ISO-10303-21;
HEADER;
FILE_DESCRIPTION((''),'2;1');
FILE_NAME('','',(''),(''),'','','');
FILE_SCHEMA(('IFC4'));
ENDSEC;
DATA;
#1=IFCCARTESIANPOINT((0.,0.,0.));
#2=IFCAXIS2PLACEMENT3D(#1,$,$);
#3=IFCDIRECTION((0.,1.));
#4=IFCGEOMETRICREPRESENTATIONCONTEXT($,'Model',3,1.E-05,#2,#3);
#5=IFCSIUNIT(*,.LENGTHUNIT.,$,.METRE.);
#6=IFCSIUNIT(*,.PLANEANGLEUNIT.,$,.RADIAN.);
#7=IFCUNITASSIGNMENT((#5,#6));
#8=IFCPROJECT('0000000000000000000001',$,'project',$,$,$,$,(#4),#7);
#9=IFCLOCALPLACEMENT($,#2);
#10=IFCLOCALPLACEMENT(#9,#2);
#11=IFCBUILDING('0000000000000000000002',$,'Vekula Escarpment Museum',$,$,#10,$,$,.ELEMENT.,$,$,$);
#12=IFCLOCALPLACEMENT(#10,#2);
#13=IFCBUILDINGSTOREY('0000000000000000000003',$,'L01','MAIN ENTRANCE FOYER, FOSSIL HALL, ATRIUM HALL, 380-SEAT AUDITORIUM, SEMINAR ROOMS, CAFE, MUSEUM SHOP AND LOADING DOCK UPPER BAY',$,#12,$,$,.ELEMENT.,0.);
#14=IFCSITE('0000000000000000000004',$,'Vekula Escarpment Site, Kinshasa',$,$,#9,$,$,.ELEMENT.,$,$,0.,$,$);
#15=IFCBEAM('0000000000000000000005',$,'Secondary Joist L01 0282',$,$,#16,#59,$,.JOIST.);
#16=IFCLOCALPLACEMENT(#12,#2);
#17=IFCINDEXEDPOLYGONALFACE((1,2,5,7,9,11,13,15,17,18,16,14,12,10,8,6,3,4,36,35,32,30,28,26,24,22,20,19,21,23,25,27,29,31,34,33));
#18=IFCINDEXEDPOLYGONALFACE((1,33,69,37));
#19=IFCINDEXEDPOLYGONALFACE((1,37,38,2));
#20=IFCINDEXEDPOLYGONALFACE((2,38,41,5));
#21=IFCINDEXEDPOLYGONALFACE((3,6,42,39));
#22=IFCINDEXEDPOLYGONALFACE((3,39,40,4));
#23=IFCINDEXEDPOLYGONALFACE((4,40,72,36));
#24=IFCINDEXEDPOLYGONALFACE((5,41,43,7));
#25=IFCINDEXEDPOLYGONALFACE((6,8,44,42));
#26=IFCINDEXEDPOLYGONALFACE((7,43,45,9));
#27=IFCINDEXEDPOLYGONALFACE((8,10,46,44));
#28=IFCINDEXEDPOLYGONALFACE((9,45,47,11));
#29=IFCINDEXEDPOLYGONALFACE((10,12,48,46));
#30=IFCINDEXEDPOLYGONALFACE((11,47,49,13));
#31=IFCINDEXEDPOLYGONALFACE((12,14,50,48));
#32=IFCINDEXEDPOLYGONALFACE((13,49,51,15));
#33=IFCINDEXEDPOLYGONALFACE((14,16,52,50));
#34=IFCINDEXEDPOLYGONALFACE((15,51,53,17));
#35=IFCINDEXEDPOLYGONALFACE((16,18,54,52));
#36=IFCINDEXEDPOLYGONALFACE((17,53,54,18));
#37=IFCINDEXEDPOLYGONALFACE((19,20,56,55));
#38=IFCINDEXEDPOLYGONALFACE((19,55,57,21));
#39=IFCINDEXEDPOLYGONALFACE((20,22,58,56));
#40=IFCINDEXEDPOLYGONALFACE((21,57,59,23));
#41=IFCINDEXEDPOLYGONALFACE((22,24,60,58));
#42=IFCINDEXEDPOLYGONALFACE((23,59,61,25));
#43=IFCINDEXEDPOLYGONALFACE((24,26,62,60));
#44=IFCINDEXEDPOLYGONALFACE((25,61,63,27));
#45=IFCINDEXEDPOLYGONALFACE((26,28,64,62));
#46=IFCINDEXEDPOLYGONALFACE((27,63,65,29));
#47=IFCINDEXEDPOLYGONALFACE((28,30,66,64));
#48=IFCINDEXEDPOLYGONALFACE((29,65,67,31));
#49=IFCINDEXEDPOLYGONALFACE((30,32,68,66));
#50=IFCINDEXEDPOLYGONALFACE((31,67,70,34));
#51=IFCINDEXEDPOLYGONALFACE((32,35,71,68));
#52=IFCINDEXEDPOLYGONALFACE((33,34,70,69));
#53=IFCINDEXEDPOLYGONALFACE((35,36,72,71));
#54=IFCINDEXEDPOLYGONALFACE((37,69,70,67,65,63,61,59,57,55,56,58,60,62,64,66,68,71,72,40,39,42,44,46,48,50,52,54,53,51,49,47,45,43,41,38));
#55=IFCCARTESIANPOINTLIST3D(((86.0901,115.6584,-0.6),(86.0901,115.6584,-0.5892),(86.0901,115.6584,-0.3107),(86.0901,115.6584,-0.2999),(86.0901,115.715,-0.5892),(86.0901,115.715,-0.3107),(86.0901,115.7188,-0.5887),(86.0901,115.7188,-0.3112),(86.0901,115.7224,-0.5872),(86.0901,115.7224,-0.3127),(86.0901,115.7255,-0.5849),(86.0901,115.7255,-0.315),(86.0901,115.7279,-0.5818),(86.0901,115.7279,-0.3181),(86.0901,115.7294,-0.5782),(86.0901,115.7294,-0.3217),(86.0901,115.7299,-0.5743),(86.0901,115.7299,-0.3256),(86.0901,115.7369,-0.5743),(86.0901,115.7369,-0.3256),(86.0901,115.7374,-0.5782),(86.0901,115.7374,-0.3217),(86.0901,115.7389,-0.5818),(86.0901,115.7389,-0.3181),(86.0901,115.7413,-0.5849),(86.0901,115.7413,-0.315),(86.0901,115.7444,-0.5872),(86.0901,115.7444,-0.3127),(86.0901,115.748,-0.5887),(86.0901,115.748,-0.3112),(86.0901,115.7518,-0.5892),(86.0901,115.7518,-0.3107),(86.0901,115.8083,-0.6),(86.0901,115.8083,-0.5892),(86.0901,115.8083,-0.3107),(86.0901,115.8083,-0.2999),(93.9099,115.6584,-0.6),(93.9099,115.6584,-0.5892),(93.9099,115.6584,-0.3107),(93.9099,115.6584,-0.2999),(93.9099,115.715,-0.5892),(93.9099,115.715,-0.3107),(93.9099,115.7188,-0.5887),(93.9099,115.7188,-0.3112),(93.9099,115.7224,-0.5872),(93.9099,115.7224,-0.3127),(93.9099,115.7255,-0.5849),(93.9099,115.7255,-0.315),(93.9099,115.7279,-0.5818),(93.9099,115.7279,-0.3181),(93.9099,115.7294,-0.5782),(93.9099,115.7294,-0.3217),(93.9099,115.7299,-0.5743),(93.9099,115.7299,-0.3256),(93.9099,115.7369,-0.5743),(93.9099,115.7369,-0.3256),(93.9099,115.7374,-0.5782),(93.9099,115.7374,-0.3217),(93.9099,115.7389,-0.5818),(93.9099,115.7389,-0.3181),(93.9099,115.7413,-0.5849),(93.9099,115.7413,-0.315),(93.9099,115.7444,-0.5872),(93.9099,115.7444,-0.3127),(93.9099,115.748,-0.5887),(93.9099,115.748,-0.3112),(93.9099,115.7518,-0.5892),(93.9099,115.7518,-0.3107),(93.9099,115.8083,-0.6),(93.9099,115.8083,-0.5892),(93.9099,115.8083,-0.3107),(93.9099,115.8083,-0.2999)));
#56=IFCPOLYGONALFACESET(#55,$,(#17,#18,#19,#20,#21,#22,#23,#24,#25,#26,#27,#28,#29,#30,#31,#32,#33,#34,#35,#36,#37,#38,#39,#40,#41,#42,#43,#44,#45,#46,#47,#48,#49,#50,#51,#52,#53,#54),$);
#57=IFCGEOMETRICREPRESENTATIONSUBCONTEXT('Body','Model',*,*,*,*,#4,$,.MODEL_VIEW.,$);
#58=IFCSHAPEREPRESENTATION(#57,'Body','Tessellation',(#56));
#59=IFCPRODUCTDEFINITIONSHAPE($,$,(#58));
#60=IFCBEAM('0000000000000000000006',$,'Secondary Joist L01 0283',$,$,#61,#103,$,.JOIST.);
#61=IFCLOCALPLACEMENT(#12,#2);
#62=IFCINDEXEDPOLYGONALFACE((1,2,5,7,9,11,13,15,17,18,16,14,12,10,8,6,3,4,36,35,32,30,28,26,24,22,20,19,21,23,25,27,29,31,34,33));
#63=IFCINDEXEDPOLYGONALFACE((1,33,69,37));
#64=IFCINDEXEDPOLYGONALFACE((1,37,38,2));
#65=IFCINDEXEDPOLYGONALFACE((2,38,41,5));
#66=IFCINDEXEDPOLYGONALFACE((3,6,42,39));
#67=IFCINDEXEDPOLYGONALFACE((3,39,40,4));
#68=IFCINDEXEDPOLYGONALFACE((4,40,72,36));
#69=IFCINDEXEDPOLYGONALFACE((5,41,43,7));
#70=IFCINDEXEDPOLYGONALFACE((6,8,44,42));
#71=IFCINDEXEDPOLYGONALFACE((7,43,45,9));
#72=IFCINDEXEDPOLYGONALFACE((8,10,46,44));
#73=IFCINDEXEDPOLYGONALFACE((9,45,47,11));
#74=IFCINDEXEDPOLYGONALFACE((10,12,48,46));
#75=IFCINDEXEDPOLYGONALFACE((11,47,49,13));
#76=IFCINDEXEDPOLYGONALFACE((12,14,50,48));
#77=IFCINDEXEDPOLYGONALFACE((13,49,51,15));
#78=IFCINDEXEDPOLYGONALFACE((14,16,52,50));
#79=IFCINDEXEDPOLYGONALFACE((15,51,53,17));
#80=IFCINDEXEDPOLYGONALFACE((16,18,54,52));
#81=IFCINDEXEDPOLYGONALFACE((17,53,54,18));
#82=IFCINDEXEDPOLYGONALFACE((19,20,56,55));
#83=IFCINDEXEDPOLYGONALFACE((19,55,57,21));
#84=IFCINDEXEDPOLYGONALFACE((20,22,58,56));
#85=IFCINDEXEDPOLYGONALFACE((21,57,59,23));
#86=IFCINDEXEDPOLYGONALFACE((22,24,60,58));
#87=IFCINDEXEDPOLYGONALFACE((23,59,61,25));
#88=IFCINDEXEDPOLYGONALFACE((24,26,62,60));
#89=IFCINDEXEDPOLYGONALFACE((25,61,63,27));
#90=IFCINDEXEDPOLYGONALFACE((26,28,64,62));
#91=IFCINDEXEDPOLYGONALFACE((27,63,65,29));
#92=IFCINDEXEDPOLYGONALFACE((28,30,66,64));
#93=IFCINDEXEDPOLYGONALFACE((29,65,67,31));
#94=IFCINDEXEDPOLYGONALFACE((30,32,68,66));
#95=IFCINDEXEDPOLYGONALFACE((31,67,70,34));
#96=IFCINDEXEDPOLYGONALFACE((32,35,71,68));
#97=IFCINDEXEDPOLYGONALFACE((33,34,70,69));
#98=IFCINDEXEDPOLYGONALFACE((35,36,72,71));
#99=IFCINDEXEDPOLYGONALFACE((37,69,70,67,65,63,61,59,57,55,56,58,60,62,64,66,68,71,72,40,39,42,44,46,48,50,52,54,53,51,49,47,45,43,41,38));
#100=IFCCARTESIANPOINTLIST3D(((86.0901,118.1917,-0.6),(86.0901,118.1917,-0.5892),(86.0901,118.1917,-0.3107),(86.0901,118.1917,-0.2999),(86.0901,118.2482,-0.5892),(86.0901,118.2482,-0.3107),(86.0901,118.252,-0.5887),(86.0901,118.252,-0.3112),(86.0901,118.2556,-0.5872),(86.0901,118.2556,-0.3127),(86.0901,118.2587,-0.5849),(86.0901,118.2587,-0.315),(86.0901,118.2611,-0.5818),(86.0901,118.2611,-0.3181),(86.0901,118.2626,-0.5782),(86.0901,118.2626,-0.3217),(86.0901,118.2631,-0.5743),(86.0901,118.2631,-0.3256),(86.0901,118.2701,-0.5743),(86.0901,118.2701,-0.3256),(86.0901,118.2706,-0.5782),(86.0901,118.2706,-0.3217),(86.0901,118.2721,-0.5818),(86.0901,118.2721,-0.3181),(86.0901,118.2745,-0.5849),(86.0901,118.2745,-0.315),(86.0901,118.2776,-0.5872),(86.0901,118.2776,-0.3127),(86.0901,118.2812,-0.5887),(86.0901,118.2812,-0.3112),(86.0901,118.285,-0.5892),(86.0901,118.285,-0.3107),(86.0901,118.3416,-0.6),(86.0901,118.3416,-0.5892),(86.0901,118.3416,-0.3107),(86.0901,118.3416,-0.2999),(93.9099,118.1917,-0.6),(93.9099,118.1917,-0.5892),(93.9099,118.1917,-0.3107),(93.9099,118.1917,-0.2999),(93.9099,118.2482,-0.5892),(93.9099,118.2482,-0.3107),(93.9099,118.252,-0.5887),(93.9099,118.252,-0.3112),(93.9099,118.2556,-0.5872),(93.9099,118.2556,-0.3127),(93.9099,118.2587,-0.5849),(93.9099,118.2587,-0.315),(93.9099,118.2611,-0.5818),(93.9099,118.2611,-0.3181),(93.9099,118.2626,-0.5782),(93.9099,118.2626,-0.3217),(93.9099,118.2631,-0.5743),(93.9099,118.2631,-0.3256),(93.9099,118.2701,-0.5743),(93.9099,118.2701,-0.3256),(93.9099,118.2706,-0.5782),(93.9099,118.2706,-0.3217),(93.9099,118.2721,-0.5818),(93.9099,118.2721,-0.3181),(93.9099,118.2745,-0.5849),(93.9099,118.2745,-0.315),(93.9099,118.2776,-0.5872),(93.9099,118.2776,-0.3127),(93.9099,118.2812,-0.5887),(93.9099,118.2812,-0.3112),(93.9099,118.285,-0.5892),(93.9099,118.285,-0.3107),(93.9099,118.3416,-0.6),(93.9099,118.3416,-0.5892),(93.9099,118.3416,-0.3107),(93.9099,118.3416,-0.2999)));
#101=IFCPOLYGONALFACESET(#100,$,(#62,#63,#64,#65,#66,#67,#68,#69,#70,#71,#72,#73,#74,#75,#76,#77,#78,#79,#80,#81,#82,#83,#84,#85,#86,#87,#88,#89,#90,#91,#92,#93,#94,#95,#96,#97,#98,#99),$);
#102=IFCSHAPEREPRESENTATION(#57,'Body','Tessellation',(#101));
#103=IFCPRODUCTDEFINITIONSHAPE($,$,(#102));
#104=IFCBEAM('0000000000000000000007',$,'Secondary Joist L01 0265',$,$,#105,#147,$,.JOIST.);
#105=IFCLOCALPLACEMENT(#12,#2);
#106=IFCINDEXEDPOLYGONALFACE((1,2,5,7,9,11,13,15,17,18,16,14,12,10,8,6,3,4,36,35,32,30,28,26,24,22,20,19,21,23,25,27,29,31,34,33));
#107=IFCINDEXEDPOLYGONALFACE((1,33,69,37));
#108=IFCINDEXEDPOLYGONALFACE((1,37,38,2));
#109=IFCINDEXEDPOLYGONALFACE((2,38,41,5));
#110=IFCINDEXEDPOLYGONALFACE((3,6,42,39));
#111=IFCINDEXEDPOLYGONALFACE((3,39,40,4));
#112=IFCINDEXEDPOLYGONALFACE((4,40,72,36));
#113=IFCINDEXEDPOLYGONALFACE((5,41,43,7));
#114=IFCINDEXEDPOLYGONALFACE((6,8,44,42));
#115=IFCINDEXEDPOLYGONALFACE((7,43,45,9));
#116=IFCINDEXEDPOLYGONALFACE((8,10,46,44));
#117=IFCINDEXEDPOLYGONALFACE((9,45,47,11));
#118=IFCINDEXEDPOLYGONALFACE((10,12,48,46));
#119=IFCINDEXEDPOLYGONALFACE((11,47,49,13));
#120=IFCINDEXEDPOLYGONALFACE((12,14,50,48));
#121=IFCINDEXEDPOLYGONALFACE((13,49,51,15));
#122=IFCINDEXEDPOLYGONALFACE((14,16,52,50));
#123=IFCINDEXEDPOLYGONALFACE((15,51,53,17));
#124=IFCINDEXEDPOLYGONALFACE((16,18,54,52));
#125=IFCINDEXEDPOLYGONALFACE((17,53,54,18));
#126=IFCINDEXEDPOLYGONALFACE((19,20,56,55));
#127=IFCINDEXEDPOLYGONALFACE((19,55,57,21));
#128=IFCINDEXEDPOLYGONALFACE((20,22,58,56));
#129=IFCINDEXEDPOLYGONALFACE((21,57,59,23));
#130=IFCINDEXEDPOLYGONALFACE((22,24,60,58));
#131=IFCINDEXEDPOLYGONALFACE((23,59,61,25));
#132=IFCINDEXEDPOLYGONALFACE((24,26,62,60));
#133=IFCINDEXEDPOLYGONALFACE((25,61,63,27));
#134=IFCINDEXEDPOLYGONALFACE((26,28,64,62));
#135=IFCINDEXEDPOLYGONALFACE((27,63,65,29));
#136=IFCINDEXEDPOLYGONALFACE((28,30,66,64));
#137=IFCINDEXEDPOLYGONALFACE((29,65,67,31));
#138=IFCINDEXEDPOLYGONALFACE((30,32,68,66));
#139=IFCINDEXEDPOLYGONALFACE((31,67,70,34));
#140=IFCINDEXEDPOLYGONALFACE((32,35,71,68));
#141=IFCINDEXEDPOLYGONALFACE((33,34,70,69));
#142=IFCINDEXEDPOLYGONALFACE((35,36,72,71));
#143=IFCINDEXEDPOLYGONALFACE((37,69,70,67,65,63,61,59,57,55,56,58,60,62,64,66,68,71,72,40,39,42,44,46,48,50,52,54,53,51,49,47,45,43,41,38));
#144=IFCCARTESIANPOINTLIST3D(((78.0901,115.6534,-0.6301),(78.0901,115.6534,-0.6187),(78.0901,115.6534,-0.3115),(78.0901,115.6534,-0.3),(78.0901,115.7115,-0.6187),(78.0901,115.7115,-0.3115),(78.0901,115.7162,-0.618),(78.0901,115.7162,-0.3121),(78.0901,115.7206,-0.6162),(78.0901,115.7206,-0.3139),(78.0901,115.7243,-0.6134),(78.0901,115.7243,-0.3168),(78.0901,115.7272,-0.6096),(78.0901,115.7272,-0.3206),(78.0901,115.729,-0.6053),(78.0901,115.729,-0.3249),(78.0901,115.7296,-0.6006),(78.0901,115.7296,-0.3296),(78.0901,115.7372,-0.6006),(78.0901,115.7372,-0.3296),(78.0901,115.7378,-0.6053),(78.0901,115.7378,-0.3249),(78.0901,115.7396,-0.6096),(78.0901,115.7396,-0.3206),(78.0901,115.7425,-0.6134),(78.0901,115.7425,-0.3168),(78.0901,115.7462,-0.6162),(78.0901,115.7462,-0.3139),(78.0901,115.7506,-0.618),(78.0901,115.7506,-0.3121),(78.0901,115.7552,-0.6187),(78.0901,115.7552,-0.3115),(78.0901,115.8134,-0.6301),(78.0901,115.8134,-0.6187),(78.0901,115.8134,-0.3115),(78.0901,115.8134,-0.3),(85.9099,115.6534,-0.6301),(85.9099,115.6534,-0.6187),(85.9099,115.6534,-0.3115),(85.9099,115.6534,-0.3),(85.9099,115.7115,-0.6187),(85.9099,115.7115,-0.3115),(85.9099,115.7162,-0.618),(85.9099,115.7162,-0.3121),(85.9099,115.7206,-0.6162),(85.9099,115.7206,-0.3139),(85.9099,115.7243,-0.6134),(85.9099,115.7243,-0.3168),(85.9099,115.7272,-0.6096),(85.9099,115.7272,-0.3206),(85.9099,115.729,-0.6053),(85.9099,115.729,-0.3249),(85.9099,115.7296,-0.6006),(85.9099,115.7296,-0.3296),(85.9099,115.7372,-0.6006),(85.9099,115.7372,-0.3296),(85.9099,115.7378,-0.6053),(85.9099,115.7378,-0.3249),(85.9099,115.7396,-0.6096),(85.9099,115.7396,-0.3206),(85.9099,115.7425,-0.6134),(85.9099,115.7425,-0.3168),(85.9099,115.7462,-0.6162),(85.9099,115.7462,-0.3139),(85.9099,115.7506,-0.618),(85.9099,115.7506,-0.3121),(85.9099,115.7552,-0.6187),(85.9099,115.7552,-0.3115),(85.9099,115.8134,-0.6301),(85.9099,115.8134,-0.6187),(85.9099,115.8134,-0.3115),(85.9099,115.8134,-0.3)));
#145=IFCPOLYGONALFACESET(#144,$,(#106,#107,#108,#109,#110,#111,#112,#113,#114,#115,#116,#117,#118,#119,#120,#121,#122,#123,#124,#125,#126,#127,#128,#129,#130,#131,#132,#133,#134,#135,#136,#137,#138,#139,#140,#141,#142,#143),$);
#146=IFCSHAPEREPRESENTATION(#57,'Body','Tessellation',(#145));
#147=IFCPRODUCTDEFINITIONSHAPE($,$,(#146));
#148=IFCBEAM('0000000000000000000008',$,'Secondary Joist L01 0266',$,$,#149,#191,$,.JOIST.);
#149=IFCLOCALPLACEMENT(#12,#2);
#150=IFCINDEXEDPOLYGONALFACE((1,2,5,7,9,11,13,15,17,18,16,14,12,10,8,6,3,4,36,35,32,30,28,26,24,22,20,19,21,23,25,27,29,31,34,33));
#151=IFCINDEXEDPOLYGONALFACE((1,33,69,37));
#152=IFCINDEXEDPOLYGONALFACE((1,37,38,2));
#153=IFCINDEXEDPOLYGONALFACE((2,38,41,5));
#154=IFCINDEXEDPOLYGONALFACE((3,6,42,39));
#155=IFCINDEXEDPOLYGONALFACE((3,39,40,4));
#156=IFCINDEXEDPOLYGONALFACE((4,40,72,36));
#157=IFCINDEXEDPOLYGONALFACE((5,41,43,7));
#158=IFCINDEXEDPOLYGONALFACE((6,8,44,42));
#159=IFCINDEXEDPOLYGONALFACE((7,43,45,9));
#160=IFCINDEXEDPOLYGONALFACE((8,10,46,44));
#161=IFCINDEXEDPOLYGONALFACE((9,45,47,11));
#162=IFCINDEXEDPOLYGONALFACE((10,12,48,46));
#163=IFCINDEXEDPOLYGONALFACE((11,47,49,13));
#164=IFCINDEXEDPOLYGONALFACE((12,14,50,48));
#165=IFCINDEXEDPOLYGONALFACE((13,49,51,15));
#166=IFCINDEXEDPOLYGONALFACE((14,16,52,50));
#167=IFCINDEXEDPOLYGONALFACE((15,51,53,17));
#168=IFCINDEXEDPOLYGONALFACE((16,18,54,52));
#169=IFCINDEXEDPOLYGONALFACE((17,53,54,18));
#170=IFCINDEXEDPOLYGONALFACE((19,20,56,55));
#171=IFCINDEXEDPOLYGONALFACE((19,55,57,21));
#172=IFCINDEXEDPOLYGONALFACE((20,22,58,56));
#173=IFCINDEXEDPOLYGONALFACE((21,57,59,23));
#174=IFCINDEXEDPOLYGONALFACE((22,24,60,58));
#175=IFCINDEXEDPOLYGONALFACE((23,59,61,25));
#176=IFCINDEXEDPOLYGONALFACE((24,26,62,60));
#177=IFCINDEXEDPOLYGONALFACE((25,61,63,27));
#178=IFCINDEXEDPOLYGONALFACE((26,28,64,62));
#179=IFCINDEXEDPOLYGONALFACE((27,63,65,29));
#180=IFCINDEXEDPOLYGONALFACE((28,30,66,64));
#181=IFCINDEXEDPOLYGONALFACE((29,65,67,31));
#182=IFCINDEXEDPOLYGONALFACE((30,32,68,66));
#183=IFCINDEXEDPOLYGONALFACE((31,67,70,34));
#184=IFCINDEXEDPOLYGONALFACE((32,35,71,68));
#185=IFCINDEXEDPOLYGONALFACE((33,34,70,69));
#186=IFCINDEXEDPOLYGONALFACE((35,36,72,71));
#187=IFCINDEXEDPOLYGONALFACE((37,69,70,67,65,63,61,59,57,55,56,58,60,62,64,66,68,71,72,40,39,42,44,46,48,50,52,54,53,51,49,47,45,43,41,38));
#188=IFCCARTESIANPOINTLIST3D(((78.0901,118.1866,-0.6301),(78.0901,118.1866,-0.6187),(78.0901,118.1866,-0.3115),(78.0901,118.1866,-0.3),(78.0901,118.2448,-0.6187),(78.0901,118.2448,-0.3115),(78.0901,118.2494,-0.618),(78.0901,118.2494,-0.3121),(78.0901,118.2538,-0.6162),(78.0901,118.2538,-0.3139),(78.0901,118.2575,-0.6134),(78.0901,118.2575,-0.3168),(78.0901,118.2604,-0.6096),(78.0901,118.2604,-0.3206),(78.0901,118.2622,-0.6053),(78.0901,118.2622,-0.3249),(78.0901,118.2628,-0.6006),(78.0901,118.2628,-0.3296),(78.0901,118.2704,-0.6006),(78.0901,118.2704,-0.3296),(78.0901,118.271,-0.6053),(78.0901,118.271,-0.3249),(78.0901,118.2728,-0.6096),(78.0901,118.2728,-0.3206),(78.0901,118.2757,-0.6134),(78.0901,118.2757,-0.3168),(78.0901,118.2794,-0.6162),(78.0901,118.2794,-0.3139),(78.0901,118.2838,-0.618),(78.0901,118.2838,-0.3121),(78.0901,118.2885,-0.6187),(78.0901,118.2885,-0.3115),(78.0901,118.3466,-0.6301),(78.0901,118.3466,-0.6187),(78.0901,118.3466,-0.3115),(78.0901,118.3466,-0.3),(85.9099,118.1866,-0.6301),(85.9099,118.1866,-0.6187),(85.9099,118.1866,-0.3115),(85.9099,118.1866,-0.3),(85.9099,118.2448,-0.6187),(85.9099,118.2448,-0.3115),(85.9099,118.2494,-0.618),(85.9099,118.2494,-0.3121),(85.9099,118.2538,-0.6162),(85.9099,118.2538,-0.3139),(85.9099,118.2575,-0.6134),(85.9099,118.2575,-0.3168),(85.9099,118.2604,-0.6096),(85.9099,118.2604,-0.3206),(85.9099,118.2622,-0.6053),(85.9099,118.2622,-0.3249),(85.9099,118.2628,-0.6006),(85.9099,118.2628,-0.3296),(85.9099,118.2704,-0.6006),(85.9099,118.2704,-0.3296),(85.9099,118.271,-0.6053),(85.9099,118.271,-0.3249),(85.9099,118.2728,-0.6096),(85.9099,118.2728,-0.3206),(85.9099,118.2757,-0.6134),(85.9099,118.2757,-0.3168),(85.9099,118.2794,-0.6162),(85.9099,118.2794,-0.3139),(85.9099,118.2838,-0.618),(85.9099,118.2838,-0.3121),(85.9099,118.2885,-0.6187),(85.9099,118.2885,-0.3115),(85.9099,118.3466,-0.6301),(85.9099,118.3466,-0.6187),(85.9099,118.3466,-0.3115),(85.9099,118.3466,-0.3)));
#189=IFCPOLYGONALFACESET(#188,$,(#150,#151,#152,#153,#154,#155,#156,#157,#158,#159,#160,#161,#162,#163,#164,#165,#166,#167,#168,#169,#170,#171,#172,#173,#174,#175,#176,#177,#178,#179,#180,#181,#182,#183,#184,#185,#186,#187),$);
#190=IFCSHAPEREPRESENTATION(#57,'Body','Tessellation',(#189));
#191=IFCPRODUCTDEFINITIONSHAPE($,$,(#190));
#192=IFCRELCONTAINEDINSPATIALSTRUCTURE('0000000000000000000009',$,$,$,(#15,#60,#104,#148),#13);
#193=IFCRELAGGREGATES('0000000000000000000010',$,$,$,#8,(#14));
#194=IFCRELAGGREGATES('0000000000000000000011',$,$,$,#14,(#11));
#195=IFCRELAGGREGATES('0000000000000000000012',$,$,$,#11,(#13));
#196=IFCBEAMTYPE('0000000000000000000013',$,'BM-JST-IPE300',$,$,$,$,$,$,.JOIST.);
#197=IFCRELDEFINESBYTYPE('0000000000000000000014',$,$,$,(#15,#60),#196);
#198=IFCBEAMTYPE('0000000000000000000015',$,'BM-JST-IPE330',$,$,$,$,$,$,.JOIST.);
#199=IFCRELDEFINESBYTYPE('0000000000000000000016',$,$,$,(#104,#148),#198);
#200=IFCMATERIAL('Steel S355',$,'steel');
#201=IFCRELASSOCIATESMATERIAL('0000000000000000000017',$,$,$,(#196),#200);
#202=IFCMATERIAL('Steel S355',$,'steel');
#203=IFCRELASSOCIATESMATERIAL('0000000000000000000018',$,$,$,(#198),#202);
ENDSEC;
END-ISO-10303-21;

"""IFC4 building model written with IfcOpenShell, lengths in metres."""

from ifc_helpers import new_model, si_unit, direction, frame, origin, origin_2d, place, context, subcontext, project, spatial, i_section, extrude, material, material_profile, profile_set, type_object, element, save


model = new_model("IFC4")

# Units and contexts
model_context = context("Model", 3, precision=1e-05, world=origin(), true_north=direction((0.0, 1.0)))
body_context = subcontext(model_context, "Body", "Model", "MODEL_VIEW")
ifc_project = project(units=[si_unit("LENGTHUNIT", "METRE"), si_unit("PLANEANGLEUNIT", "RADIAN")], contexts=[model_context])

# Site, building, storey
site_placement = place(None, origin())
site = spatial("IfcSite", under=ifc_project, at=site_placement, Name="Vekula Escarpment Site, Kinshasa", CompositionType="ELEMENT", RefElevation=0.0)
building_placement = place(site_placement, origin())
building = spatial("IfcBuilding", under=site, at=building_placement, Name="Vekula Escarpment Museum", CompositionType="ELEMENT")
storey_placement = place(building_placement, origin())
storey = spatial("IfcBuildingStorey", under=building, at=storey_placement, Name="L01", Description="MAIN ENTRANCE FOYER, FOSSIL HALL, ATRIUM HALL, 380-SEAT AUDITORIUM, SEMINAR ROOMS, CAFE, MUSEUM SHOP AND LOADING DOCK UPPER BAY", CompositionType="ELEMENT", Elevation=0.0)

# Beams
ifc_material_1 = material(Name="Steel S355", Category="steel")
ifc_material_profile_1 = material_profile(ifc_material_1, i_section(OverallWidth=0.1499, OverallDepth=0.3, WebThickness=0.0071, FlangeThickness=0.0107, FilletRadius=0.0149, at=origin_2d()), Name="IPE 300")
ifc_profile_set_1 = profile_set([ifc_material_profile_1], Name="Steel S355")
beam_type_1 = type_object("IfcBeamType", Name="BM-JST-IPE300", PredefinedType="JOIST", material=ifc_profile_set_1)
for number, where, z_axis, x_axis, name in (
    (1, (86.0901, 115.7334, -0.45), (1.0, 0.0, 0.0), (0.0, 1.0, 0.0), "Secondary Joist L01 0282"),
    (2, (86.0901, 118.2666, -0.45), (1.0, 0.0, 0.0), (0.0, 1.0, 0.0), "Secondary Joist L01 0283"),
):
    element("IfcBeam", number, at=place(storey_placement, frame(where, z_axis=z_axis, x_axis=x_axis)), inside=storey, type_object=beam_type_1, Name=name, PredefinedType="JOIST", context=body_context, shape_type="SweptSolid", body=[
        extrude(i_section(OverallWidth=0.1499, OverallDepth=0.3, WebThickness=0.0071, FlangeThickness=0.0107, FilletRadius=0.0149, at=origin_2d()), origin(), (0.0, 0.0, 1.0), 7.8198),
    ])
ifc_material_2 = material(Name="Steel S355", Category="steel")
ifc_material_profile_2 = material_profile(ifc_material_2, i_section(OverallWidth=0.1599, OverallDepth=0.3301, WebThickness=0.0076, FlangeThickness=0.0115, FilletRadius=0.0181, at=origin_2d()), Name="IPE 330")
ifc_profile_set_2 = profile_set([ifc_material_profile_2], Name="Steel S355")
beam_type_2 = type_object("IfcBeamType", Name="BM-JST-IPE330", PredefinedType="JOIST", material=ifc_profile_set_2)
for number, where, z_axis, x_axis, name in (
    (3, (78.0901, 115.7334, -0.4651), (1.0, 0.0, 0.0), (0.0, 1.0, 0.0), "Secondary Joist L01 0265"),
    (4, (78.0901, 118.2666, -0.4651), (1.0, 0.0, 0.0), (0.0, 1.0, 0.0), "Secondary Joist L01 0266"),
):
    element("IfcBeam", number, at=place(storey_placement, frame(where, z_axis=z_axis, x_axis=x_axis)), inside=storey, type_object=beam_type_2, Name=name, PredefinedType="JOIST", context=body_context, shape_type="SweptSolid", body=[
        extrude(i_section(OverallWidth=0.1599, OverallDepth=0.3301, WebThickness=0.0076, FlangeThickness=0.0115, FilletRadius=0.0181, at=origin_2d()), origin(), (0.0, 0.0, 1.0), 7.8198),
    ])

save(model, "model.ifc")
